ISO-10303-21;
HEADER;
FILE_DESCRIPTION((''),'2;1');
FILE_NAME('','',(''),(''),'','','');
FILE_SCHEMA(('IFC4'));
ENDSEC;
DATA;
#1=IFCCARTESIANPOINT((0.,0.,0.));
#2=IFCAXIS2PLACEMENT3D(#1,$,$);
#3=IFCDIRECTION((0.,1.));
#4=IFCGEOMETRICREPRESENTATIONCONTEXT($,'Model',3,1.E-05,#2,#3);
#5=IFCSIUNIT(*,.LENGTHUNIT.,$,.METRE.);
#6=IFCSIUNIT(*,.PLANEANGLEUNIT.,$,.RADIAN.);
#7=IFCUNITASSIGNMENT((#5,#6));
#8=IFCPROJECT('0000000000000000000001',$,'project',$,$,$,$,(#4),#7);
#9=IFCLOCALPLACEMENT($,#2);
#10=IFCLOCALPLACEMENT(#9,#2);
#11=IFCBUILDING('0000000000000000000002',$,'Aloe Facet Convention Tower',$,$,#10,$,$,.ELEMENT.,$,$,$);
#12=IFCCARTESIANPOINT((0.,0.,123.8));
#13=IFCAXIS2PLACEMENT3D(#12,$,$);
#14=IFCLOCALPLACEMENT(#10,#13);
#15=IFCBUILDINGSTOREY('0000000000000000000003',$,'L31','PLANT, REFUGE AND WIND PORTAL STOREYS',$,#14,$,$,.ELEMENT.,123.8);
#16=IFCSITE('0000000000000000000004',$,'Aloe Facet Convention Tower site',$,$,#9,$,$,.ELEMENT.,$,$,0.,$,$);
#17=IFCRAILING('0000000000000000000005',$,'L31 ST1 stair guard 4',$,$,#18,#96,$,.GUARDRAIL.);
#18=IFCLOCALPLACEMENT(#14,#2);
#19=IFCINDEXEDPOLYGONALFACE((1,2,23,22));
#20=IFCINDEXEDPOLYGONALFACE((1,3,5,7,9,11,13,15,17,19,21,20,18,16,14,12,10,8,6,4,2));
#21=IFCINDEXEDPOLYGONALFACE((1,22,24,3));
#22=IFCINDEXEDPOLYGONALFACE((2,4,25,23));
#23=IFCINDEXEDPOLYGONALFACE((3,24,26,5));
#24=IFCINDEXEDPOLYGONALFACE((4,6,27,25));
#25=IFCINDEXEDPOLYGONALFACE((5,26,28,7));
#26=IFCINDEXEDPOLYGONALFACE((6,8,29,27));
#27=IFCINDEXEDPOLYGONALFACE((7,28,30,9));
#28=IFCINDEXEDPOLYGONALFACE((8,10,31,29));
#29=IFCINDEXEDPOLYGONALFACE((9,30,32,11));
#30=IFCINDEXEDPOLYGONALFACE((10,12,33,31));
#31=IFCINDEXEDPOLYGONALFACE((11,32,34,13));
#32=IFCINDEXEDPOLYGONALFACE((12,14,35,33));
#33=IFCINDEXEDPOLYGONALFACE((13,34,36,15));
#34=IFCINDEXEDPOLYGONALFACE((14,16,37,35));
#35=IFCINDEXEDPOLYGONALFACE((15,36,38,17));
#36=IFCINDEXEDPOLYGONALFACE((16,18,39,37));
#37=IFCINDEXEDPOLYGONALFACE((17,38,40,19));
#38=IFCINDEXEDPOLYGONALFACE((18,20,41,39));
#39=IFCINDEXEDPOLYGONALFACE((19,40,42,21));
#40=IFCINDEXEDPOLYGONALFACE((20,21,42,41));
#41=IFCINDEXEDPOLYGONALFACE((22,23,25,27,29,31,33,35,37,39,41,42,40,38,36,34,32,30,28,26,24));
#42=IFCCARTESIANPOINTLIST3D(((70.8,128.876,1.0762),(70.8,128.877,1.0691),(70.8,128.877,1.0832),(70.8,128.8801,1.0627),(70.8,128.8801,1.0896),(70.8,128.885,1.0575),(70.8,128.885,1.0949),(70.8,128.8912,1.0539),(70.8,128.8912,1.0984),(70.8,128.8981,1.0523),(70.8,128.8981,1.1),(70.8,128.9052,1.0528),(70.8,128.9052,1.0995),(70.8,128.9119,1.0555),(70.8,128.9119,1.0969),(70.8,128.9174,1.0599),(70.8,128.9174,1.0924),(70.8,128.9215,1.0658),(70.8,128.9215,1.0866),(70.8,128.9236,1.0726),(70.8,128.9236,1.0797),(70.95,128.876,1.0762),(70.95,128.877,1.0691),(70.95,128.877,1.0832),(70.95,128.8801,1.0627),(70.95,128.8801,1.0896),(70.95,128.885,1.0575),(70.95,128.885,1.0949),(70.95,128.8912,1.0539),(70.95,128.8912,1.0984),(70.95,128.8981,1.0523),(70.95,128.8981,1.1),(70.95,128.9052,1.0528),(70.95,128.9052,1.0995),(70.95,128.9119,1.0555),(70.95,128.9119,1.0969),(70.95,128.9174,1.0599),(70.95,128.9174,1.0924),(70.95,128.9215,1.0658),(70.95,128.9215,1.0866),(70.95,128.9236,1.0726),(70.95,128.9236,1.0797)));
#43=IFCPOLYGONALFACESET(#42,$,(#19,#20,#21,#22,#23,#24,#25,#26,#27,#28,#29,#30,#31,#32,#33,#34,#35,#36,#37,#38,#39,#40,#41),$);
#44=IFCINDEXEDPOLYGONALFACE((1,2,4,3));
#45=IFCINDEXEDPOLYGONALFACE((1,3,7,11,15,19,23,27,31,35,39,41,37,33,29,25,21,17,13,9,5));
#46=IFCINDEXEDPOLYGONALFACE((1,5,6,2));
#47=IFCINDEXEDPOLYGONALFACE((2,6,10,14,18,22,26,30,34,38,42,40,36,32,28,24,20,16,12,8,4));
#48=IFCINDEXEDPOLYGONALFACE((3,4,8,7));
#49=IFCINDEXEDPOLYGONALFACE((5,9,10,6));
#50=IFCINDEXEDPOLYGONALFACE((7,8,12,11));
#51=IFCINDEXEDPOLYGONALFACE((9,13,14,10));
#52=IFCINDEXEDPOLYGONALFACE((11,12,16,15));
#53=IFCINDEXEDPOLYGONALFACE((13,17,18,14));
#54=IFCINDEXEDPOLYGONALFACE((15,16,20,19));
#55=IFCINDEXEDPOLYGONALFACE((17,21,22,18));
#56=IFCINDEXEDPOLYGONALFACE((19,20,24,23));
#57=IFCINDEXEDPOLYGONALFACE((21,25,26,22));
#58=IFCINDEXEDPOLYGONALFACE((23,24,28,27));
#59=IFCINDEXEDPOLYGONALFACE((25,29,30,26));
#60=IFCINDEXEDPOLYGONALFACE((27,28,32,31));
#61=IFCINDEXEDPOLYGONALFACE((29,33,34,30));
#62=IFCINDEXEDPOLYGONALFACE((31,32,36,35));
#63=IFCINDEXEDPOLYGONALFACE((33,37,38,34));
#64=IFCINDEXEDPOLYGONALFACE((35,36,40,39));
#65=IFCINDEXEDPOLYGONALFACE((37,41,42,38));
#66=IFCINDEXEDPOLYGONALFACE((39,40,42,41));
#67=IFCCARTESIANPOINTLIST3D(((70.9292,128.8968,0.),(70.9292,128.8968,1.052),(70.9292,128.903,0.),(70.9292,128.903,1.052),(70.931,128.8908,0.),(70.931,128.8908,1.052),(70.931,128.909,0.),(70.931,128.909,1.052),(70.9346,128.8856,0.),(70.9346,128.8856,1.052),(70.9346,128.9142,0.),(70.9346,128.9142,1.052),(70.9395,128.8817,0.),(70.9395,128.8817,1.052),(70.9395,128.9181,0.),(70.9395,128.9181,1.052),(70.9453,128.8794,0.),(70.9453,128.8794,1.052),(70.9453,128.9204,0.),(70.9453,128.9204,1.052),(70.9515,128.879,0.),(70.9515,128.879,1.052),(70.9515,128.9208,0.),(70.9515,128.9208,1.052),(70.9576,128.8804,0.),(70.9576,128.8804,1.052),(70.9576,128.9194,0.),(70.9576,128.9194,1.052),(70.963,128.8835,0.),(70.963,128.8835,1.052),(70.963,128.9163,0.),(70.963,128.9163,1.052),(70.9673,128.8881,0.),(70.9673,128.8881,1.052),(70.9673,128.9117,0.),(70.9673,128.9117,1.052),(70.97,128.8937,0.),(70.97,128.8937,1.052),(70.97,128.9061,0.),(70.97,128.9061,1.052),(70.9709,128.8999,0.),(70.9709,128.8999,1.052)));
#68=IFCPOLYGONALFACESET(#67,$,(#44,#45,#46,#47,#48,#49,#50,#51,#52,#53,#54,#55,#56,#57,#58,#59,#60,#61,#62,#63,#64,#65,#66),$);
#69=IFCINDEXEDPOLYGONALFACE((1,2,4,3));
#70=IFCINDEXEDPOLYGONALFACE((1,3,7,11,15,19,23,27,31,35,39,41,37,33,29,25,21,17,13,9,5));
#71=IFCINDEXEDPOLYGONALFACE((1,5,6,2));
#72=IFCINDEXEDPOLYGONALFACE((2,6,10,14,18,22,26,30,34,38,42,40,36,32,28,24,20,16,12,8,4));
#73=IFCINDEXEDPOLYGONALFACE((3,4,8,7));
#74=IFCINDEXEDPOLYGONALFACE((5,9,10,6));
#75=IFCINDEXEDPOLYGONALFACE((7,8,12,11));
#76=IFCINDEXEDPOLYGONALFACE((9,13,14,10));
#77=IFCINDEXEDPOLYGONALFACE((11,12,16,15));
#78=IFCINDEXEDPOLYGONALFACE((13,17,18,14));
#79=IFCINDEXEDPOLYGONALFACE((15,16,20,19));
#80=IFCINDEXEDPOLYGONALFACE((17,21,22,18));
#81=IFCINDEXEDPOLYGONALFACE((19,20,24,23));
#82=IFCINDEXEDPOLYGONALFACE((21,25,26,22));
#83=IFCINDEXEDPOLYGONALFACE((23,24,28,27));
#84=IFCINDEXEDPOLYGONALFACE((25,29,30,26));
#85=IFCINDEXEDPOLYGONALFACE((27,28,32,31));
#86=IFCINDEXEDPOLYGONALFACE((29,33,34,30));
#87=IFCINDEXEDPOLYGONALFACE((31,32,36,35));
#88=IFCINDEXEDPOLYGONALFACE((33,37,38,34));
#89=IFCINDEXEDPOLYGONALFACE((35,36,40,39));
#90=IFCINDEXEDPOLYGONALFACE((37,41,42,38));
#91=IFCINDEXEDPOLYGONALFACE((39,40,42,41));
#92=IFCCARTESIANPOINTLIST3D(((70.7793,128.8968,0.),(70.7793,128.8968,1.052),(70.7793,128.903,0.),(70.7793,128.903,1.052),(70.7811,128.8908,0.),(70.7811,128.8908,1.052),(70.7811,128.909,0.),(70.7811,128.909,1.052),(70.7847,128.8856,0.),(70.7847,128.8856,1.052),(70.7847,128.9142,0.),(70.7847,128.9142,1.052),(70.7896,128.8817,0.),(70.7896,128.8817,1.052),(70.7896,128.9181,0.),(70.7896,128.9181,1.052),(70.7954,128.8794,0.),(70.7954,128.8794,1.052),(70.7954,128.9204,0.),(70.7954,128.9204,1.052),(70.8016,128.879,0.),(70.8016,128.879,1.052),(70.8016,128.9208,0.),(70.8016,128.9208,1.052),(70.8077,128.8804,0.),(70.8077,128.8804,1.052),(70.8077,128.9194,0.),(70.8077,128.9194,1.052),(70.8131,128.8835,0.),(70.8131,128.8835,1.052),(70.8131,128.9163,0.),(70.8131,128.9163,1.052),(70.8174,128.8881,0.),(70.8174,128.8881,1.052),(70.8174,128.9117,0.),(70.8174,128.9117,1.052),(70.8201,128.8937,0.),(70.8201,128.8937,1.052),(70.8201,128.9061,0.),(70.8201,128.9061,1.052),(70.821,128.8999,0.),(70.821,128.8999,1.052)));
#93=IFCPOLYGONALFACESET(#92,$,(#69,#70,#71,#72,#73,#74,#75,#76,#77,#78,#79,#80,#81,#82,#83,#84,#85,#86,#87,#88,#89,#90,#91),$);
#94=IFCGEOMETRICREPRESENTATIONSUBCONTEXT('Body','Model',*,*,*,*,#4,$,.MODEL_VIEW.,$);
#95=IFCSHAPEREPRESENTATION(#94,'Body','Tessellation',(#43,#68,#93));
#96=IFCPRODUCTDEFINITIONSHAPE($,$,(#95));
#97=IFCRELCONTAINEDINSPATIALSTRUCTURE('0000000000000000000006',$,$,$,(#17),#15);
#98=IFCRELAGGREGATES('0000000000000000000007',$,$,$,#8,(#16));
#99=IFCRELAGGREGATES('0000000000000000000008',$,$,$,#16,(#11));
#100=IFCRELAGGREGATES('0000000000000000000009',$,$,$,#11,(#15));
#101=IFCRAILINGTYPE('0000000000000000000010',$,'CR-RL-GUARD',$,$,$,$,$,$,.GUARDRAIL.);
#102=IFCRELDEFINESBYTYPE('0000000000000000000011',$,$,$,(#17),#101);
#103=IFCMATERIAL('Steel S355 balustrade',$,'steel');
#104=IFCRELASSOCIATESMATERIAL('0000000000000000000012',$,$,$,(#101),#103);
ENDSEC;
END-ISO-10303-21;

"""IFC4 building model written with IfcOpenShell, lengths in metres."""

from ifc_helpers import new_model, si_unit, direction, frame, origin, origin_2d, place, context, subcontext, project, spatial, circle, extrude, material, type_object, element, save


model = new_model("IFC4")

# Units and contexts
model_context = context("Model", 3, precision=1e-05, world=origin(), true_north=direction((0.0, 1.0)))
body_context = subcontext(model_context, "Body", "Model", "MODEL_VIEW")
ifc_project = project(units=[si_unit("LENGTHUNIT", "METRE"), si_unit("PLANEANGLEUNIT", "RADIAN")], contexts=[model_context])

# Site, building, storey
site_placement = place(None, origin())
site = spatial("IfcSite", under=ifc_project, at=site_placement, Name="Aloe Facet Convention Tower site", CompositionType="ELEMENT", RefElevation=0.0)
building_placement = place(site_placement, origin())
building = spatial("IfcBuilding", under=site, at=building_placement, Name="Aloe Facet Convention Tower", CompositionType="ELEMENT")
storey_placement = place(building_placement, frame((0.0, 0.0, 123.8)))
storey = spatial("IfcBuildingStorey", under=building, at=storey_placement, Name="L31", Description="PLANT, REFUGE AND WIND PORTAL STOREYS", CompositionType="ELEMENT", Elevation=123.8)

# Railing
ifc_material_1 = material(Name="Steel S355 balustrade", Category="steel")
railing_type_1 = type_object("IfcRailingType", Name="CR-RL-GUARD", PredefinedType="GUARDRAIL", material=ifc_material_1)
railing_1_placement = place(storey_placement, frame((70.95, 128.8999, 0.0)))
element("IfcRailing", 1, at=railing_1_placement, inside=storey, type_object=railing_type_1, Name="L31 ST1 stair guard 4", PredefinedType="GUARDRAIL", context=body_context, shape_type="SweptSolid", body=[
    extrude(circle(Radius=0.0239, at=origin_2d()), frame((0.0, 0.0, 1.0762), z_axis=(-1.0, 0.0, 0.0), x_axis=(0.0, -1.0, 0.0)), (0.0, 0.0, 1.0), 0.1499),
    extrude(circle(Radius=0.021, at=origin_2d()), origin(), (0.0, 0.0, 1.0), 1.052),
    extrude(circle(Radius=0.021, at=origin_2d()), frame((-0.1499, 0.0, 0.0)), (0.0, 0.0, 1.0), 1.052),
])

save(model, "model.ifc")
